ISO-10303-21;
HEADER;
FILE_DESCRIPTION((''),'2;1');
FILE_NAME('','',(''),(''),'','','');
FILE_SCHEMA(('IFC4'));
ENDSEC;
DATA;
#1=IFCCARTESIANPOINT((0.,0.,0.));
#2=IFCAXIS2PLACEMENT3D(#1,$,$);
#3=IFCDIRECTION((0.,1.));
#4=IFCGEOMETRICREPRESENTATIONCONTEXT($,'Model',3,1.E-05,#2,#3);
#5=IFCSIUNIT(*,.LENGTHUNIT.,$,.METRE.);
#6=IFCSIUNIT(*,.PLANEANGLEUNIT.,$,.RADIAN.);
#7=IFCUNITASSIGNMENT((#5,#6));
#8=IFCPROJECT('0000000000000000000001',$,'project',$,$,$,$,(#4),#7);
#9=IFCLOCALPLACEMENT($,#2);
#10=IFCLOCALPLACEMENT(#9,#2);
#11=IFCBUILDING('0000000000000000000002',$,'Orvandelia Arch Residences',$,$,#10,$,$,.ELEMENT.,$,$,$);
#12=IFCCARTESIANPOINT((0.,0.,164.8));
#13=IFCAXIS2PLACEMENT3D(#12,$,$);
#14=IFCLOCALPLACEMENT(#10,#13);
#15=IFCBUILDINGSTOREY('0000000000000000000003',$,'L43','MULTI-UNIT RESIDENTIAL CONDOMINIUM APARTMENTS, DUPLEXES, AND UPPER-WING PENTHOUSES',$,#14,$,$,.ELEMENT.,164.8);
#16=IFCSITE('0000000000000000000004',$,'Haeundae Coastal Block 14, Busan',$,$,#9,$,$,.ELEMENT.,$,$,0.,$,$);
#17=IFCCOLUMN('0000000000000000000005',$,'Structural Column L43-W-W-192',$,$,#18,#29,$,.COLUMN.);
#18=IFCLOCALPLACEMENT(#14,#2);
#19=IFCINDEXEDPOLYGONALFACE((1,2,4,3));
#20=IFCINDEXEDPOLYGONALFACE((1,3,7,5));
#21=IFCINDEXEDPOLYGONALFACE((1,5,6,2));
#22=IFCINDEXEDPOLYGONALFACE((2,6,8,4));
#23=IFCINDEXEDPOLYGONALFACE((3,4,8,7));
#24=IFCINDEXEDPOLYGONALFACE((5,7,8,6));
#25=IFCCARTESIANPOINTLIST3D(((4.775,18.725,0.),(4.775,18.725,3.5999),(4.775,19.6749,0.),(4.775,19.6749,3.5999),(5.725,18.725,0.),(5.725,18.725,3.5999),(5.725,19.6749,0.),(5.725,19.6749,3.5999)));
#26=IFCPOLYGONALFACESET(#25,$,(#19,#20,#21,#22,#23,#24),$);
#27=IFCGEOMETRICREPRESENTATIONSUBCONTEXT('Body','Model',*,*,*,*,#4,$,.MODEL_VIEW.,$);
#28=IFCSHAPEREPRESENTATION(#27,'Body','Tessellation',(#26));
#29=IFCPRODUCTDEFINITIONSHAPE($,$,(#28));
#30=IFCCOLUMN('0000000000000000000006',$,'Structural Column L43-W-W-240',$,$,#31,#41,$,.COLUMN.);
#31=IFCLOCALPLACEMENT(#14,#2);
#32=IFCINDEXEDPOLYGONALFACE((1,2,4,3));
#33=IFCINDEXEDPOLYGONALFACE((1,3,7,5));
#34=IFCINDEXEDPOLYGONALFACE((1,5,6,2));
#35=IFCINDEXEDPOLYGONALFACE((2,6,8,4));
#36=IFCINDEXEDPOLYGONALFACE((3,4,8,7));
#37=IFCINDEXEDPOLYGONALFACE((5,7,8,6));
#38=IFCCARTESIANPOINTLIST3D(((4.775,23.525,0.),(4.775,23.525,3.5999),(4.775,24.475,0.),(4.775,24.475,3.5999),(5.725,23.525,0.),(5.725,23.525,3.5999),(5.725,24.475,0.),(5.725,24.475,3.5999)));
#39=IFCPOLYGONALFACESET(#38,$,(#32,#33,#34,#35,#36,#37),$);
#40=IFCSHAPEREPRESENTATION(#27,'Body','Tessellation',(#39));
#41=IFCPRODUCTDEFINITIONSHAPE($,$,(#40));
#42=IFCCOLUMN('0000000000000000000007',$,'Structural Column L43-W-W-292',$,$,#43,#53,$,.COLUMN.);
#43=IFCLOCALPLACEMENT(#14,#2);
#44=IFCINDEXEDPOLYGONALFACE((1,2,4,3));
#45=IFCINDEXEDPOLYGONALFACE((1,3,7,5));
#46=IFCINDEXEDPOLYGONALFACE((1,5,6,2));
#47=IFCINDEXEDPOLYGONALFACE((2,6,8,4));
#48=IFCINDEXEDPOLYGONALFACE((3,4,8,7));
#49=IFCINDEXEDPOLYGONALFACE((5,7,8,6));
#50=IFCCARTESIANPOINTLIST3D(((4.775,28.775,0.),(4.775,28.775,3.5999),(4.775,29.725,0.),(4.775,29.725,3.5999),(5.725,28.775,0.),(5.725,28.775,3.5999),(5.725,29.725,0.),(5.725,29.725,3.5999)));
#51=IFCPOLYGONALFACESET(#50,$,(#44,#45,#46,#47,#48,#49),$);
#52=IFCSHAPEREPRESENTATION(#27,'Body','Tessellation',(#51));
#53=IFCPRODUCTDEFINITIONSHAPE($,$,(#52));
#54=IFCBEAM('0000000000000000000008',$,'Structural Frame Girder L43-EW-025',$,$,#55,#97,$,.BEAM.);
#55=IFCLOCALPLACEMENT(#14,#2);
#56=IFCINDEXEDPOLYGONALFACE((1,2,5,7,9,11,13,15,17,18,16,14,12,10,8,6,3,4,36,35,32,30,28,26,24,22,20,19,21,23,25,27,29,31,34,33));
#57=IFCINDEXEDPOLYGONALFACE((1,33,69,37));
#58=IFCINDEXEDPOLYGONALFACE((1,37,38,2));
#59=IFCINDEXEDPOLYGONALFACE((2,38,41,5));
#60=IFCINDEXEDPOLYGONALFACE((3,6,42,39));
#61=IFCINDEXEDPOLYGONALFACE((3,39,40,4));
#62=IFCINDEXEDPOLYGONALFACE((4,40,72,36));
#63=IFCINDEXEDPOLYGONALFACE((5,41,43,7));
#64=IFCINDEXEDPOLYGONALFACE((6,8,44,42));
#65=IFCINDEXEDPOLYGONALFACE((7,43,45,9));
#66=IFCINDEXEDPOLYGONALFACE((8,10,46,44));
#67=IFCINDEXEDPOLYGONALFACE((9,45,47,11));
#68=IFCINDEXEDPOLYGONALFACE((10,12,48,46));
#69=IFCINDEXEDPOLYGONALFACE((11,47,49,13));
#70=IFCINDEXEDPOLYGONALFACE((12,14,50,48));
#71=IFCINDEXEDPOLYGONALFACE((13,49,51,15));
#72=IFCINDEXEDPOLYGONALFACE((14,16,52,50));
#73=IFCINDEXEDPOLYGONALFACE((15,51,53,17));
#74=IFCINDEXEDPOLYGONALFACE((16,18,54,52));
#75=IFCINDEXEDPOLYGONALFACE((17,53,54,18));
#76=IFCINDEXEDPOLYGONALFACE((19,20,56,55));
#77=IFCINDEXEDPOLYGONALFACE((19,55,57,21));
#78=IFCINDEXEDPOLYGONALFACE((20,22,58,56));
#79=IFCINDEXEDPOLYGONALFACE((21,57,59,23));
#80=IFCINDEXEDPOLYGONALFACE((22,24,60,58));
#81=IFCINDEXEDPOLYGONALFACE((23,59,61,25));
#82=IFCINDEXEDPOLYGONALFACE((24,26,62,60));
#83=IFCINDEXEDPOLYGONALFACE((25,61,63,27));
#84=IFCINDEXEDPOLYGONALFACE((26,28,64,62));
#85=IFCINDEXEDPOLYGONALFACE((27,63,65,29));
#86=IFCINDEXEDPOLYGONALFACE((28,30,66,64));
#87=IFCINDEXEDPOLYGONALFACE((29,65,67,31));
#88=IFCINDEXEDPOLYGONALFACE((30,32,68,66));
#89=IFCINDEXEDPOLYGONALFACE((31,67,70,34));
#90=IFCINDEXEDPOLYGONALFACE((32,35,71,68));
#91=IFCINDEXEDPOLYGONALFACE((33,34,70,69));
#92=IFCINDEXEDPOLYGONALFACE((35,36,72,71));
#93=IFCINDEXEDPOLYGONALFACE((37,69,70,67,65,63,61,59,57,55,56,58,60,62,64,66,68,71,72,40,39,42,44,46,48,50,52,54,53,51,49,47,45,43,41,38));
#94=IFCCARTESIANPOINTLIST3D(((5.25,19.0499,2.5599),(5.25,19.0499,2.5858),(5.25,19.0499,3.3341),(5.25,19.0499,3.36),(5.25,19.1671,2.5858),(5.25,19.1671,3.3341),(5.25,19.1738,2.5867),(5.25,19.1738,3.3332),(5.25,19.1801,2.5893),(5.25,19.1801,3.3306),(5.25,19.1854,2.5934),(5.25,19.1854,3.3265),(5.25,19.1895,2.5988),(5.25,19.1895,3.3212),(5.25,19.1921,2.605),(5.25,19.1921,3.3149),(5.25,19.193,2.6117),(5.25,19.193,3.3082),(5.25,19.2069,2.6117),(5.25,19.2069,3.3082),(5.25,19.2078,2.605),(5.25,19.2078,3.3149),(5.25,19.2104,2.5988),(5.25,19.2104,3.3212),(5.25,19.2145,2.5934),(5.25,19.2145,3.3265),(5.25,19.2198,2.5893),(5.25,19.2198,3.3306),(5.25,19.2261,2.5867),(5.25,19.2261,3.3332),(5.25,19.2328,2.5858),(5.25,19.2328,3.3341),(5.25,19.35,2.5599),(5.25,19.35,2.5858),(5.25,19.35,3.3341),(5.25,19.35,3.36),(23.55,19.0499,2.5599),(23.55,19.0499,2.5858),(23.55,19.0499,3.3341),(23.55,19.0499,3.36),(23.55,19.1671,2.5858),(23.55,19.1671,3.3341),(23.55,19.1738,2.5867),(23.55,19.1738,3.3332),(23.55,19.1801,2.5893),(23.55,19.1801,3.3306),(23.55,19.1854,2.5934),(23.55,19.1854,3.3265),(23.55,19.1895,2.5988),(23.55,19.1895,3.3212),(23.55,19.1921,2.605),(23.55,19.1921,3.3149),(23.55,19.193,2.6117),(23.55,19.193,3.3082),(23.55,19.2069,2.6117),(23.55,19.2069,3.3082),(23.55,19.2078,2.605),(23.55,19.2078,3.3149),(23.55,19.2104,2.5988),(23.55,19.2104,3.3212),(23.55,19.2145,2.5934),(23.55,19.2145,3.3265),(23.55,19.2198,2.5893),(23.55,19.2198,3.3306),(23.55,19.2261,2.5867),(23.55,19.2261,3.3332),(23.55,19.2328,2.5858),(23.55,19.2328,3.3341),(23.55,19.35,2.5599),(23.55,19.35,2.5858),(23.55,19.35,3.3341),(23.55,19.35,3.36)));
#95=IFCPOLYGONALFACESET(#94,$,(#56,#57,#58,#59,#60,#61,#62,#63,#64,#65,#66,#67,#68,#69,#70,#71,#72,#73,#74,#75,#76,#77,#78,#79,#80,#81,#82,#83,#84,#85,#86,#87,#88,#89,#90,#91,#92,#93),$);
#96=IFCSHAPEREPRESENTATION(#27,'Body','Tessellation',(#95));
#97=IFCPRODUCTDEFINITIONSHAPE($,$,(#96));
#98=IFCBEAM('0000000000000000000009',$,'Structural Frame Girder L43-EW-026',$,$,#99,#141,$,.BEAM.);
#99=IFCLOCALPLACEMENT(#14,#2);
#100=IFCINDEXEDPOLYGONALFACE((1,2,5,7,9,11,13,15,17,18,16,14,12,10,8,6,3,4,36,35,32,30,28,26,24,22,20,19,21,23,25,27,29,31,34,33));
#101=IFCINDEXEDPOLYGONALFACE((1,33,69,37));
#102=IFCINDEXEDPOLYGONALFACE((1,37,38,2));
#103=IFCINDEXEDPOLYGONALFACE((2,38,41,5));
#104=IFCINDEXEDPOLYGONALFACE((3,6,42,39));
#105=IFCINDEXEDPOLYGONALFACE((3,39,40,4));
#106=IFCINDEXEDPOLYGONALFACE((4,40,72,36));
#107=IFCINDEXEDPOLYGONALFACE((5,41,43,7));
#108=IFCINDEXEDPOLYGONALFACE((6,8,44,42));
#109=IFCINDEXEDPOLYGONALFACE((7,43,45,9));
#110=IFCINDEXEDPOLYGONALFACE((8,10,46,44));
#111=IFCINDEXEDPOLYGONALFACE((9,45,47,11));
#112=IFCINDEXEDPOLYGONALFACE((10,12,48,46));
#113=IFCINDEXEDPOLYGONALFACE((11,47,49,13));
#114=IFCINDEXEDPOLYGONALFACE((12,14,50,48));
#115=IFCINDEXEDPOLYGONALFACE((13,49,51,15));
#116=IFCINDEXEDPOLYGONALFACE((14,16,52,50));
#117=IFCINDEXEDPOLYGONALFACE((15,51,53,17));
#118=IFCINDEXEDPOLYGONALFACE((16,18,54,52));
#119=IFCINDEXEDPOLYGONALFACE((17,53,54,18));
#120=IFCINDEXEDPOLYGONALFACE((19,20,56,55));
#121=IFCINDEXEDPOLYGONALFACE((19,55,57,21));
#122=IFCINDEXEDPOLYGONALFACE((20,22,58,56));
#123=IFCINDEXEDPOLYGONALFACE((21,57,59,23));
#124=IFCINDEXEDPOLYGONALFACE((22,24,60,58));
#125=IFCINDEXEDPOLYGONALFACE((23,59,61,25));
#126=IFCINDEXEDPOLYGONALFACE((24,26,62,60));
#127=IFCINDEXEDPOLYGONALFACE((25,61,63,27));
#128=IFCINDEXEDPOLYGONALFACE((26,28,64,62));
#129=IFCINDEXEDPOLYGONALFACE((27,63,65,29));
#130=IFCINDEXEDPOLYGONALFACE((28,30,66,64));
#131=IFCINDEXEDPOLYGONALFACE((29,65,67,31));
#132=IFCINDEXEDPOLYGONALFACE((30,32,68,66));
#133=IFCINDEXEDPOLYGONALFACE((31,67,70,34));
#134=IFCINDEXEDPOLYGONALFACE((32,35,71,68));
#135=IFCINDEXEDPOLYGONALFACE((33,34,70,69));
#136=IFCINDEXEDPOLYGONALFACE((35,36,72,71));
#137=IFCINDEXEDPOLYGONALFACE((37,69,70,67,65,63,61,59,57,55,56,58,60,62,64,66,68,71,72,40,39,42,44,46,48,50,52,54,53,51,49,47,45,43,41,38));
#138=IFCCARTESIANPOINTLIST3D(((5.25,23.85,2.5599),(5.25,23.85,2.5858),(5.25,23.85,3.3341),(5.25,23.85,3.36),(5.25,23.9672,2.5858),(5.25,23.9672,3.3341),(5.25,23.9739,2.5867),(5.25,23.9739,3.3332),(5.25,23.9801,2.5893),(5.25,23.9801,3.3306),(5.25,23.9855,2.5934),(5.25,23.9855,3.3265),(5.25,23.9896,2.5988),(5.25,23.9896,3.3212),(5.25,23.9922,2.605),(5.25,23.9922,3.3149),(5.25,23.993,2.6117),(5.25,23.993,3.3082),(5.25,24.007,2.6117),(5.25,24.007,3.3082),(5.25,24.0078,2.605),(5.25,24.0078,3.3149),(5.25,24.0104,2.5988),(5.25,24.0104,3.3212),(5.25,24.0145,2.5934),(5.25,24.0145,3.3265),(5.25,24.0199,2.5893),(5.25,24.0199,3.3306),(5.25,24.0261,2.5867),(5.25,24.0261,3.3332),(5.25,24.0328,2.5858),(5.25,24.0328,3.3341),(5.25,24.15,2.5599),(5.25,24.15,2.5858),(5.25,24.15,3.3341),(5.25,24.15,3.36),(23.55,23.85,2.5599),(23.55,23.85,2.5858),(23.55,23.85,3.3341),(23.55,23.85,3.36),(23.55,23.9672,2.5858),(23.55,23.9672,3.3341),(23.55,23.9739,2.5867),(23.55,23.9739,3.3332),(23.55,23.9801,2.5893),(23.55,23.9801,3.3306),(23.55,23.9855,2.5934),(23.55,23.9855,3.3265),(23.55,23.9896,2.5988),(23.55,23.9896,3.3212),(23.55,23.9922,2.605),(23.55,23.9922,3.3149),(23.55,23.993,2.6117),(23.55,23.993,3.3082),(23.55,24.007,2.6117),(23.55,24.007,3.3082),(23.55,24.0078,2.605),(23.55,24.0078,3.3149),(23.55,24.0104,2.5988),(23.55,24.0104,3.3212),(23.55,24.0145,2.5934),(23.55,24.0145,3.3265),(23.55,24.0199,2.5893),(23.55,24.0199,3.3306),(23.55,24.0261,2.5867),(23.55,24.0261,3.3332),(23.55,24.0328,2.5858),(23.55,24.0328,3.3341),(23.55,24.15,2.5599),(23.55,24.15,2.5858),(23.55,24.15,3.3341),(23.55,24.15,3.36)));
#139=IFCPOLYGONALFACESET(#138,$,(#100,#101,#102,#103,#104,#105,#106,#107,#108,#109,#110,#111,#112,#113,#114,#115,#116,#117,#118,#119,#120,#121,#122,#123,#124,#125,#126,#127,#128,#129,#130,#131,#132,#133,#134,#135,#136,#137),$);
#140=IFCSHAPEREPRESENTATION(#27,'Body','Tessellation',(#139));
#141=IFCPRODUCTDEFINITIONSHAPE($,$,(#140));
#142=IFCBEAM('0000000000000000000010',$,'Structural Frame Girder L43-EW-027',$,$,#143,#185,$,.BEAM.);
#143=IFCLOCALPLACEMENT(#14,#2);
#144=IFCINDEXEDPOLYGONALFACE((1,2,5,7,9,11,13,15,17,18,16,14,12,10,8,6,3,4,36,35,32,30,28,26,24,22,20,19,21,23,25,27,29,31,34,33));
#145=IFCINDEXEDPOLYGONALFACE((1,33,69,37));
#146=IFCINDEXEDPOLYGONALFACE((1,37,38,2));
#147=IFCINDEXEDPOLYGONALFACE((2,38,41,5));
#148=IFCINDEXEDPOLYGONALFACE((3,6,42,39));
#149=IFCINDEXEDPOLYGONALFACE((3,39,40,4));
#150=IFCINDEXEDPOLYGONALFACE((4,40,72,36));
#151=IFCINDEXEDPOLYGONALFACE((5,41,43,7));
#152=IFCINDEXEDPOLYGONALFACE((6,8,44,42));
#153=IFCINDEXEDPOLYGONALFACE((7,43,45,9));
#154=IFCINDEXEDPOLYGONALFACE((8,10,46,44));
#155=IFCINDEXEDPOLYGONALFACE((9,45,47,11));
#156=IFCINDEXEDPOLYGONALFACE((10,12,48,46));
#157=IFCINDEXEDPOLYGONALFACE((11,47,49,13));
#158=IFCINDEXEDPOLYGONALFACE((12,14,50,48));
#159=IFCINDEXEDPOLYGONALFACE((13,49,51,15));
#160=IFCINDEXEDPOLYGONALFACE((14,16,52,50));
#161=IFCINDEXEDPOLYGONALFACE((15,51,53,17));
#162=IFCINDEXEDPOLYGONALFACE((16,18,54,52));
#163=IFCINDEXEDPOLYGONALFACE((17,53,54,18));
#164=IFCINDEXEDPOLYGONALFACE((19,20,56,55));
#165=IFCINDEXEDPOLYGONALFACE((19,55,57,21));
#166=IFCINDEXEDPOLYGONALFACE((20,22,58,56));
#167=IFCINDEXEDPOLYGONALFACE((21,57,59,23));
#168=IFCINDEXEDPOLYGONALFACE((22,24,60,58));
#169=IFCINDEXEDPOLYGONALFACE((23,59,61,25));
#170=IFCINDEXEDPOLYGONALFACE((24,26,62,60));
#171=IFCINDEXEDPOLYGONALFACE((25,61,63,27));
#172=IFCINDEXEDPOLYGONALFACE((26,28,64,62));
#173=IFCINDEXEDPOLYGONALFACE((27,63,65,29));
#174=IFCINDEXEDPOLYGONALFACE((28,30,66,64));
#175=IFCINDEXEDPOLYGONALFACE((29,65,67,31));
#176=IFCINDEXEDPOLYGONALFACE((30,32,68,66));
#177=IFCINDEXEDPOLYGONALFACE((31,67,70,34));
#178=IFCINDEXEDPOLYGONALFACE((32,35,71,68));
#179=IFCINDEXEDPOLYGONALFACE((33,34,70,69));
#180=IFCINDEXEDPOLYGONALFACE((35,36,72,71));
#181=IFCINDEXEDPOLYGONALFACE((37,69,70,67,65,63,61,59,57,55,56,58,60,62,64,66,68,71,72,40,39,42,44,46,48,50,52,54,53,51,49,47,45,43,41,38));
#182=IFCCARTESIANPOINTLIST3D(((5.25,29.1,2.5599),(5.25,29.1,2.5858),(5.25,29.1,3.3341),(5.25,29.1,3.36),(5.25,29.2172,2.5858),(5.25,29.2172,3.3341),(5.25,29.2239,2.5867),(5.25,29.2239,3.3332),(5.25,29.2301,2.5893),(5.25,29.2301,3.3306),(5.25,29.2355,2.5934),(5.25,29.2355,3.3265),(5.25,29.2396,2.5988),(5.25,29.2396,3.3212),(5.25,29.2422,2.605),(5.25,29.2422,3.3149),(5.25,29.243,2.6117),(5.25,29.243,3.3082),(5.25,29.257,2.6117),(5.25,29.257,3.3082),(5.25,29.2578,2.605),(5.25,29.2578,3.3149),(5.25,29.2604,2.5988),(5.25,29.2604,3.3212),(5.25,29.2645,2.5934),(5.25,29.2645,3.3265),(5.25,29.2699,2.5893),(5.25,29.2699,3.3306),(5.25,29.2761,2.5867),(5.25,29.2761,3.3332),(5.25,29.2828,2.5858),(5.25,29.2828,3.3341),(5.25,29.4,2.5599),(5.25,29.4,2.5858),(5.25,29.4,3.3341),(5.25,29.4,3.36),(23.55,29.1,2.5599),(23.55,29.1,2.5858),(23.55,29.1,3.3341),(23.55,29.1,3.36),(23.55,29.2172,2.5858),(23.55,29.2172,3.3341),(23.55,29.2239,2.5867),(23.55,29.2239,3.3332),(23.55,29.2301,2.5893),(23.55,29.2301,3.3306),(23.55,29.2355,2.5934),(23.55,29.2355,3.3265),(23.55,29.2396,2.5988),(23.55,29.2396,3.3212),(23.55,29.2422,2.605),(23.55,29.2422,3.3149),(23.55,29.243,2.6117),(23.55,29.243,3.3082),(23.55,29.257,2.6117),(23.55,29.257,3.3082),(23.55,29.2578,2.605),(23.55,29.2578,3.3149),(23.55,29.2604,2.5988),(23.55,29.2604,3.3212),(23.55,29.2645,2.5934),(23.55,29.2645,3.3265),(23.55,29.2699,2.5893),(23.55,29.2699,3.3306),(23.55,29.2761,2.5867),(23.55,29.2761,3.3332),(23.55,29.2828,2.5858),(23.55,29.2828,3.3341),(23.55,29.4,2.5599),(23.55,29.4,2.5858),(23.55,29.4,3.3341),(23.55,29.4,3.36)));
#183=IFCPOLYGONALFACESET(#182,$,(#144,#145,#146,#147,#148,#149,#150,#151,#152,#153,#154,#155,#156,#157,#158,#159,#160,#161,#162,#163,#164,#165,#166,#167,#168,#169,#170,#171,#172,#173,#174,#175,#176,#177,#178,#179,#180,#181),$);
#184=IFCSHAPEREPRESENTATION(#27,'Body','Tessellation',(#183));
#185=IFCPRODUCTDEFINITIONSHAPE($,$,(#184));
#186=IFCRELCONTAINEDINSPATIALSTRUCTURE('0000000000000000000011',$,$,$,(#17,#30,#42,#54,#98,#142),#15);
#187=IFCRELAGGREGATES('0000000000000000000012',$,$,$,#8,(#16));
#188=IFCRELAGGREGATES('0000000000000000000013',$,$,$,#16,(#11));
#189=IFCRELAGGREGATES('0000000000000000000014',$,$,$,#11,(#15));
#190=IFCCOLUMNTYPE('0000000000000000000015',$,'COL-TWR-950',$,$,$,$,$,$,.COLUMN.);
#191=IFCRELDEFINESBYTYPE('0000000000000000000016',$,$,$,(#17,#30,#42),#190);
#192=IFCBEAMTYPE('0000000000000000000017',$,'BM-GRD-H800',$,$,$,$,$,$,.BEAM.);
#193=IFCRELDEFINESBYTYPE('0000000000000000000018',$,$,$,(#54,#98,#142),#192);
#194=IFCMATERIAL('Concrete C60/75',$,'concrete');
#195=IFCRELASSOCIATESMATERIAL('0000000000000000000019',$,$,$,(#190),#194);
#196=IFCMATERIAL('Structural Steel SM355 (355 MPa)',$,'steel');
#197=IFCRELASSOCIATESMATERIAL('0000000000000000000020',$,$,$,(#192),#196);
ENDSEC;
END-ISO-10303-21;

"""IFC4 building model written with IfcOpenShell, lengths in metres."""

from ifc_helpers import new_model, si_unit, direction, frame, origin, origin_2d, place, context, subcontext, project, spatial, rectangle, i_section, extrude, material, material_profile, profile_set, type_object, element, save


model = new_model("IFC4")

# Units and contexts
model_context = context("Model", 3, precision=1e-05, world=origin(), true_north=direction((0.0, 1.0)))
body_context = subcontext(model_context, "Body", "Model", "MODEL_VIEW")
ifc_project = project(units=[si_unit("LENGTHUNIT", "METRE"), si_unit("PLANEANGLEUNIT", "RADIAN")], contexts=[model_context])

# Site, building, storey
site_placement = place(None, origin())
site = spatial("IfcSite", under=ifc_project, at=site_placement, Name="Haeundae Coastal Block 14, Busan", CompositionType="ELEMENT", RefElevation=0.0)
building_placement = place(site_placement, origin())
building = spatial("IfcBuilding", under=site, at=building_placement, Name="Orvandelia Arch Residences", CompositionType="ELEMENT")
storey_placement = place(building_placement, frame((0.0, 0.0, 164.8)))
storey = spatial("IfcBuildingStorey", under=building, at=storey_placement, Name="L43", Description="MULTI-UNIT RESIDENTIAL CONDOMINIUM APARTMENTS, DUPLEXES, AND UPPER-WING PENTHOUSES", CompositionType="ELEMENT", Elevation=164.8)

# Columns
ifc_material_1 = material(Name="Concrete C60/75", Category="concrete")
ifc_material_profile_1 = material_profile(ifc_material_1, rectangle(XDim=0.95, YDim=0.95, at=origin_2d()), Name="Concrete C60/75", Category="concrete")
ifc_profile_set_1 = profile_set([ifc_material_profile_1], Name="Concrete C60/75")
column_type = type_object("IfcColumnType", Name="COL-TWR-950", PredefinedType="COLUMN", material=ifc_profile_set_1)
for number, where, z_axis, x_axis, name in (
    (1, (5.25, 19.2, 0.0), (0.0, 0.0, 1.0), (1.0, 0.0, 0.0), "Structural Column L43-W-W-192"),
    (2, (5.25, 24.0, 0.0), (0.0, 0.0, 1.0), (1.0, 0.0, 0.0), "Structural Column L43-W-W-240"),
    (3, (5.25, 29.25, 0.0), (0.0, 0.0, 1.0), (1.0, 0.0, 0.0), "Structural Column L43-W-W-292"),
):
    element("IfcColumn", number, at=place(storey_placement, frame(where, z_axis=z_axis, x_axis=x_axis)), inside=storey, type_object=column_type, Name=name, PredefinedType="COLUMN", context=body_context, shape_type="SweptSolid", body=[
        extrude(rectangle(XDim=0.95, YDim=0.95, at=origin_2d()), origin(), (0.0, 0.0, 1.0), 3.5999),
    ])

# Beams
ifc_material_2 = material(Name="Structural Steel SM355 (355 MPa)", Category="steel")
ifc_material_profile_2 = material_profile(ifc_material_2, i_section(OverallWidth=0.3, OverallDepth=0.8, WebThickness=0.0139, FlangeThickness=0.0259, FilletRadius=0.0259, at=origin_2d()), Name="Structural Steel SM355 (355 MPa)", Category="steel")
ifc_profile_set_2 = profile_set([ifc_material_profile_2], Name="Structural Steel SM355 (355 MPa)")
beam_type_1 = type_object("IfcBeamType", Name="BM-GRD-H800", PredefinedType="BEAM", material=ifc_profile_set_2)
for number, where, z_axis, x_axis, name in (
    (4, (5.25, 19.2, 2.96), (1.0, 0.0, 0.0), (0.0, 1.0, 0.0), "Structural Frame Girder L43-EW-025"),
    (5, (5.25, 24.0, 2.96), (1.0, 0.0, 0.0), (0.0, 1.0, 0.0), "Structural Frame Girder L43-EW-026"),
    (6, (5.25, 29.25, 2.96), (1.0, 0.0, 0.0), (0.0, 1.0, 0.0), "Structural Frame Girder L43-EW-027"),
):
    element("IfcBeam", number, at=place(storey_placement, frame(where, z_axis=z_axis, x_axis=x_axis)), inside=storey, type_object=beam_type_1, Name=name, PredefinedType="BEAM", context=body_context, shape_type="SweptSolid", body=[
        extrude(i_section(OverallWidth=0.3, OverallDepth=0.8, WebThickness=0.0139, FlangeThickness=0.0259, FilletRadius=0.0259, at=origin_2d()), origin(), (0.0, 0.0, 1.0), 18.3),
    ])

save(model, "model.ifc")
